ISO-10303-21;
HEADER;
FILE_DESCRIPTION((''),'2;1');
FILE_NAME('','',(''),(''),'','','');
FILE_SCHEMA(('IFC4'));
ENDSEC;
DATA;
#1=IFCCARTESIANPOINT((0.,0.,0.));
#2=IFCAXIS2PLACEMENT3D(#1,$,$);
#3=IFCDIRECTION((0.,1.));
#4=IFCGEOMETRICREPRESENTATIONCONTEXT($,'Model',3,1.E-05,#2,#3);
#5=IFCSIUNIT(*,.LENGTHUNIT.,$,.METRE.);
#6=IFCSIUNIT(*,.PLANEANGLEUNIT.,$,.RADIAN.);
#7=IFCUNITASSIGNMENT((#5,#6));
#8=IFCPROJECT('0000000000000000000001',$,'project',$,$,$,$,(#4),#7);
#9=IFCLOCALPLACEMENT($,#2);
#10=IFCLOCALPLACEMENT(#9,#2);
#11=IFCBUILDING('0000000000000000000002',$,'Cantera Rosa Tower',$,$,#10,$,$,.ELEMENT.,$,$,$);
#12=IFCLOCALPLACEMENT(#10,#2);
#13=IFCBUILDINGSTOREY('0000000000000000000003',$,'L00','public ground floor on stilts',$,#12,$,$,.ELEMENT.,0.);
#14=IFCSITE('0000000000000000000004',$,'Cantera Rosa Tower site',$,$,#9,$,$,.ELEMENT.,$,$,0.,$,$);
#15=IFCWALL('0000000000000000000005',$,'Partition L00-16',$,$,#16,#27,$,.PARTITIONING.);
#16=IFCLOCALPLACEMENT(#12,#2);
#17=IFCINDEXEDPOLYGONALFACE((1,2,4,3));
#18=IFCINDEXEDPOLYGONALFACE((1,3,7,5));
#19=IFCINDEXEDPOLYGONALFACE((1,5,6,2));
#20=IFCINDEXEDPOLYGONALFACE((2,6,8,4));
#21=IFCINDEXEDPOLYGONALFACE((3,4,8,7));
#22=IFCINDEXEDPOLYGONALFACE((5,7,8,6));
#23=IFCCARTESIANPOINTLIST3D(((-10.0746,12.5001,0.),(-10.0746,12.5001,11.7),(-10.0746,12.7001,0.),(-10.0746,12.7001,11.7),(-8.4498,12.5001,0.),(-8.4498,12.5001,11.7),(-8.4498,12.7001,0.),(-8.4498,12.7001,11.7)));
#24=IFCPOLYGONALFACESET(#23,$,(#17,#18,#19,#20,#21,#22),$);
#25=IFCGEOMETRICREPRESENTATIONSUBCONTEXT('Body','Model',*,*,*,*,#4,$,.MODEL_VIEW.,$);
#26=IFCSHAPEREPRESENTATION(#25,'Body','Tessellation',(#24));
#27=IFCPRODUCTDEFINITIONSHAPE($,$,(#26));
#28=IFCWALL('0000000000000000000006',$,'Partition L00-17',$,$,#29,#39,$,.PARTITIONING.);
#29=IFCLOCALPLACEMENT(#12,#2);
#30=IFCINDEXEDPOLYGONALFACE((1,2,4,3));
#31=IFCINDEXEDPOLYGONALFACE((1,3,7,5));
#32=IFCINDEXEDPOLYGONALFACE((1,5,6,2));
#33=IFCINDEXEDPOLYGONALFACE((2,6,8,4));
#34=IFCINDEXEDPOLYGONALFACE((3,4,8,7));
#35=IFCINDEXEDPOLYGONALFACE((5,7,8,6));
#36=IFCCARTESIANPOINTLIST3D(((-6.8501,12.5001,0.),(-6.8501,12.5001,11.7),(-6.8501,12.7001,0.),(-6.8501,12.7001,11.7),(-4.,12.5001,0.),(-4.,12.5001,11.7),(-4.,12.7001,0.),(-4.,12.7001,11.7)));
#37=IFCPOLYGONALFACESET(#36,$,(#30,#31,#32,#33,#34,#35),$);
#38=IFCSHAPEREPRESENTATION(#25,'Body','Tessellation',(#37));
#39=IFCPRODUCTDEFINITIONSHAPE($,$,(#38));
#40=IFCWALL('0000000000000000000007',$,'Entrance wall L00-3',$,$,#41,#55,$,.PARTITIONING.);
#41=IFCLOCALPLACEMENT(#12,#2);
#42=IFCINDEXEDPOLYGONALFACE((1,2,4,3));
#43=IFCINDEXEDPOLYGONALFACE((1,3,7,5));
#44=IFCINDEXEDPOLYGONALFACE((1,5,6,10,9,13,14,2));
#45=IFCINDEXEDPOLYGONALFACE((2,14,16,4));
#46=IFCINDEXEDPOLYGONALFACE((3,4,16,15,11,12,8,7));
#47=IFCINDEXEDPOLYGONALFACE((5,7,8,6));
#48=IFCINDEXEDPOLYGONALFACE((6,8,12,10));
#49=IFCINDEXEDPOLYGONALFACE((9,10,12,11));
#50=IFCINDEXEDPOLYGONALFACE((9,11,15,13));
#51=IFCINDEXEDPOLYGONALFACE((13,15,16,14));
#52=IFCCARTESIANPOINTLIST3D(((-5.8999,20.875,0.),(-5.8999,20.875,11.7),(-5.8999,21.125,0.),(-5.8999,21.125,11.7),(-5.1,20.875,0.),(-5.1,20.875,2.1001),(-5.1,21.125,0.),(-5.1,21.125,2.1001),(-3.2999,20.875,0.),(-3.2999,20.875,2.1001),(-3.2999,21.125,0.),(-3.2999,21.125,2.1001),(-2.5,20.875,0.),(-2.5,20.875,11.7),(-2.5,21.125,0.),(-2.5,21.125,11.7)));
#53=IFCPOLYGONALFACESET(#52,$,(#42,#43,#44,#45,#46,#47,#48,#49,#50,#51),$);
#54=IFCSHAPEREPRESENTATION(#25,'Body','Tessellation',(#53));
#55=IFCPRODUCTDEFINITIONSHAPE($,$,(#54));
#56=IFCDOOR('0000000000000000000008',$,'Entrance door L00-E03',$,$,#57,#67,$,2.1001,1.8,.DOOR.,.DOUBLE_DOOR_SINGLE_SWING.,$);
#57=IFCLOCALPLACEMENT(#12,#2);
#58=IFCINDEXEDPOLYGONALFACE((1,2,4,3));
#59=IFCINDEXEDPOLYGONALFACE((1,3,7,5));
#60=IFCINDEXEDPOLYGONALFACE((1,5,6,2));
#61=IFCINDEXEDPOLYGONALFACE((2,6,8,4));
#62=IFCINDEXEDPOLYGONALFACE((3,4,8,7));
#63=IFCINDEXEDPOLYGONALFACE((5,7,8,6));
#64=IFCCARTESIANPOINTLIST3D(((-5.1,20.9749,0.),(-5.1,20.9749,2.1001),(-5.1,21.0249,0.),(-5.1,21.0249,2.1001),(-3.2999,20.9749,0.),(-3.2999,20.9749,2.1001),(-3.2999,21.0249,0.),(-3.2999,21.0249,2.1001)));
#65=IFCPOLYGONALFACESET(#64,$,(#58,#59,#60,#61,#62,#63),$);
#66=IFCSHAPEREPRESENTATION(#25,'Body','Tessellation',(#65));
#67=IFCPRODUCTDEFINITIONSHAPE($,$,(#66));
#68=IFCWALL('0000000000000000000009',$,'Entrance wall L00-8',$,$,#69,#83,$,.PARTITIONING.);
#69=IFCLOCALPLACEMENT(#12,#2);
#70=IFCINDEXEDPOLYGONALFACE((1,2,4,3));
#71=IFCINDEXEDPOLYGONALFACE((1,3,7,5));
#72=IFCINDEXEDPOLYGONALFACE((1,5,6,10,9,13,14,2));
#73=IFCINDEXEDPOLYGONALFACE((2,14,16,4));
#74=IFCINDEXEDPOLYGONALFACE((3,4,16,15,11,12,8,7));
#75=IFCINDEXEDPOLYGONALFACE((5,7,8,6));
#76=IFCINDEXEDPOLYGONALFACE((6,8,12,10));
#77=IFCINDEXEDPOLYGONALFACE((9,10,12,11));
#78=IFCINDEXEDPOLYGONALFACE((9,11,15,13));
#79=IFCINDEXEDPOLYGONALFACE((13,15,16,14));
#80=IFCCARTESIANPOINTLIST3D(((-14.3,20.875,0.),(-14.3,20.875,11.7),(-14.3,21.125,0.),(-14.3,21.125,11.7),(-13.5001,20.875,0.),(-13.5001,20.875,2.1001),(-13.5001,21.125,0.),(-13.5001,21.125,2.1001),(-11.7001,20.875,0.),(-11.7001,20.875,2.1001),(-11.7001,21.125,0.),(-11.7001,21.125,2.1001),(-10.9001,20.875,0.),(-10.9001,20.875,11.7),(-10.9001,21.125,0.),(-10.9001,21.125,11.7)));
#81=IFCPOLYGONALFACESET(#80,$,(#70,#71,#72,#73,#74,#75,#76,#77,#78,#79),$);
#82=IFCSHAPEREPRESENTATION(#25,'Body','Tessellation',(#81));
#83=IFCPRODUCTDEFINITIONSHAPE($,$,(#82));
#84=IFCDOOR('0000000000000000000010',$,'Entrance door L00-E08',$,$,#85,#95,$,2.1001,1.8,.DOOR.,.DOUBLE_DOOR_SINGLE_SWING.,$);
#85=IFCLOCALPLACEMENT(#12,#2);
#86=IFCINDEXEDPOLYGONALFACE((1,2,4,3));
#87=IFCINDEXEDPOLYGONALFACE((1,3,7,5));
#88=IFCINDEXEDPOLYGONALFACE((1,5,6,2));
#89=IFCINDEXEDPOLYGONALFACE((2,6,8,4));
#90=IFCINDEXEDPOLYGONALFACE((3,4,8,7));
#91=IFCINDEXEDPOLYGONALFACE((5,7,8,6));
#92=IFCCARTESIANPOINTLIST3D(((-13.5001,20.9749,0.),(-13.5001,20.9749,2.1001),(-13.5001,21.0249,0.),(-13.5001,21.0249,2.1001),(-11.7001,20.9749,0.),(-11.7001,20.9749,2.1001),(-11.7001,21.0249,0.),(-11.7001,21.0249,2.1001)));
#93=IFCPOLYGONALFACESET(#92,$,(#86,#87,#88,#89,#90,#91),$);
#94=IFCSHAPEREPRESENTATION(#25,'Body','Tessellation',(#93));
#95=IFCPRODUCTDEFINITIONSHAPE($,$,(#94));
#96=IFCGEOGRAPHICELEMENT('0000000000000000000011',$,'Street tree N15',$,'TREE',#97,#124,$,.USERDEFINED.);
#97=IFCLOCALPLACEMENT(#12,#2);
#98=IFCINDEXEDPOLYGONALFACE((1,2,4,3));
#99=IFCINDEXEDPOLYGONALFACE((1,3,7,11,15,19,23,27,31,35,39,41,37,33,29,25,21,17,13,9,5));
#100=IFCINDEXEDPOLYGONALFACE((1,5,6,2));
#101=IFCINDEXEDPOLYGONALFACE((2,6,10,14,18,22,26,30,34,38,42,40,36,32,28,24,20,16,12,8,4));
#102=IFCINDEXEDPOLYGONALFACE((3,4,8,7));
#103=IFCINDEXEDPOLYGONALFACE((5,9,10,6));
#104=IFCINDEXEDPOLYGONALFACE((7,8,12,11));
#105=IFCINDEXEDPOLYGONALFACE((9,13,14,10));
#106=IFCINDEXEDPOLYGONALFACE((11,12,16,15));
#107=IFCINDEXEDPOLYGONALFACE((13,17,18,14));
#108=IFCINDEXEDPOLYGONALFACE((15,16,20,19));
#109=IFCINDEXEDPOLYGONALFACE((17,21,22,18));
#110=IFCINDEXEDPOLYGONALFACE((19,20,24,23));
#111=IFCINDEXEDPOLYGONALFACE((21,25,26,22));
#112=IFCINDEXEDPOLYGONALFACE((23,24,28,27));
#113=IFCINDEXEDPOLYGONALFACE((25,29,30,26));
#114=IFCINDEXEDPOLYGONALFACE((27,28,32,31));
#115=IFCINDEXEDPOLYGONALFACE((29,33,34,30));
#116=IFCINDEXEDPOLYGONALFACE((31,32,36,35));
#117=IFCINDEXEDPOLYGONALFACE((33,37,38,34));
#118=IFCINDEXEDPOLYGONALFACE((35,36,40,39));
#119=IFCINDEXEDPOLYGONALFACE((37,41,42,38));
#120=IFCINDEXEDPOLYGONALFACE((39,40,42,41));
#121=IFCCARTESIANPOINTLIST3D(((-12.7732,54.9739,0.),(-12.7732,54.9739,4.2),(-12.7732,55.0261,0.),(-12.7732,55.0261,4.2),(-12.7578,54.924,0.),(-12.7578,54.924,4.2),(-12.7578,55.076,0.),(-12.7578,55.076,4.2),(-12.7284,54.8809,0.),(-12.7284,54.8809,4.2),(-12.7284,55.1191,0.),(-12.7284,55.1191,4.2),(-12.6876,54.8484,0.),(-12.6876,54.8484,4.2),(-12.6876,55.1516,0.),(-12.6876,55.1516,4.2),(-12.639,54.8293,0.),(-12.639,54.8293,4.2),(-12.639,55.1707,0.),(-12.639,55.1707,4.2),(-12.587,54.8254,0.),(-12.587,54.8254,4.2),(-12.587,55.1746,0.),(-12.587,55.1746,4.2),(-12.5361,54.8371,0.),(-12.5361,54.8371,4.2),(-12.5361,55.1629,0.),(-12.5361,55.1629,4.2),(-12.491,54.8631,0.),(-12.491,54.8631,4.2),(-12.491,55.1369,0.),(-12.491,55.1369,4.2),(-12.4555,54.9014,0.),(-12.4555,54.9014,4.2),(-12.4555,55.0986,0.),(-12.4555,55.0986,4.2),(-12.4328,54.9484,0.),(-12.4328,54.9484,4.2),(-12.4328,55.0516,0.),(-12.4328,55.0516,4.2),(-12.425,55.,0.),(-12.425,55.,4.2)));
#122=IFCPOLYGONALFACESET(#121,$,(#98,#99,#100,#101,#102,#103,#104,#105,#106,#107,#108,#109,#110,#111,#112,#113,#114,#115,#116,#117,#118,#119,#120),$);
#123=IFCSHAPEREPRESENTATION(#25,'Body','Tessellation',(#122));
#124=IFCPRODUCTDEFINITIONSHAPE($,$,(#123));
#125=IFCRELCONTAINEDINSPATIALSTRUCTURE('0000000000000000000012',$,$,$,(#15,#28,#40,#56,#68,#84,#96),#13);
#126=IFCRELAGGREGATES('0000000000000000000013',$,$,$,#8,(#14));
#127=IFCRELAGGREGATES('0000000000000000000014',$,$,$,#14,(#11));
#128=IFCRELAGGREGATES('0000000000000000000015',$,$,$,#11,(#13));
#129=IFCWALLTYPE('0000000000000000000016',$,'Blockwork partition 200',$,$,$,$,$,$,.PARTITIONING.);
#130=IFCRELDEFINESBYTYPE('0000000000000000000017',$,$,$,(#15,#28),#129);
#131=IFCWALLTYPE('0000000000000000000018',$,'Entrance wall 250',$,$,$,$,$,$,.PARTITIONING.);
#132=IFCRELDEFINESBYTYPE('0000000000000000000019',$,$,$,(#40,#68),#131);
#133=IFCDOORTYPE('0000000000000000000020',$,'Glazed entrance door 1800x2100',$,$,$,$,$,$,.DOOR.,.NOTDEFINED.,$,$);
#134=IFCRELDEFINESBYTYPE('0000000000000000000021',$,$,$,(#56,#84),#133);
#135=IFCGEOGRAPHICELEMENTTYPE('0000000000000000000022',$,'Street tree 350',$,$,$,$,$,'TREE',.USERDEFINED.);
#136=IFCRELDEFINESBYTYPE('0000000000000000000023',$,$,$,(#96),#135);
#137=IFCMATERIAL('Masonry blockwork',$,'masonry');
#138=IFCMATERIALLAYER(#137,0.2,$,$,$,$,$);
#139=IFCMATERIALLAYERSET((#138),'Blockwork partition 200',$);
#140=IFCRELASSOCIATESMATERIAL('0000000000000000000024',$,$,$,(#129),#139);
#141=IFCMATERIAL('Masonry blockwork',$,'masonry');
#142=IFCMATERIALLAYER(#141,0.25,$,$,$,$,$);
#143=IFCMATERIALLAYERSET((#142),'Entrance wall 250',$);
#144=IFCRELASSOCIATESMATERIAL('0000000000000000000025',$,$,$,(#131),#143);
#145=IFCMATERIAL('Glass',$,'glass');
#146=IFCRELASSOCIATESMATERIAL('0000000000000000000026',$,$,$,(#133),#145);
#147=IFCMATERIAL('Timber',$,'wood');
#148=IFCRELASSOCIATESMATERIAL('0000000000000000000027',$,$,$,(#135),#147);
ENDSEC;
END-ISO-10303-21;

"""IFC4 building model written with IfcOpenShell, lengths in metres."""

from ifc_helpers import new_model, si_unit, direction, frame, frame_2d, origin, origin_2d, place, context, subcontext, project, spatial, rectangle, circle, extrude, material, layer, layer_set, material_profile, profile_set, type_object, element, fill, save


model = new_model("IFC4")

# Units and contexts
model_context = context("Model", 3, precision=1e-05, world=origin(), true_north=direction((0.0, 1.0)))
body_context = subcontext(model_context, "Body", "Model", "MODEL_VIEW")
ifc_project = project(units=[si_unit("LENGTHUNIT", "METRE"), si_unit("PLANEANGLEUNIT", "RADIAN")], contexts=[model_context])

# Site, building, storey
site_placement = place(None, origin())
site = spatial("IfcSite", under=ifc_project, at=site_placement, Name="Cantera Rosa Tower site", CompositionType="ELEMENT", RefElevation=0.0)
building_placement = place(site_placement, origin())
building = spatial("IfcBuilding", under=site, at=building_placement, Name="Cantera Rosa Tower", CompositionType="ELEMENT")
storey_placement = place(building_placement, origin())
storey = spatial("IfcBuildingStorey", under=building, at=storey_placement, Name="L00", Description="public ground floor on stilts", CompositionType="ELEMENT", Elevation=0.0)

# Walls
ifc_material_1 = material(Name="Masonry blockwork", Category="masonry")
ifc_layer_1 = layer(ifc_material_1, 0.2)
ifc_layer_set_1 = layer_set([ifc_layer_1], Name="Blockwork partition 200")
wall_type_1 = type_object("IfcWallType", Name="Blockwork partition 200", PredefinedType="PARTITIONING", material=ifc_layer_set_1)
wall_1_placement = place(storey_placement, frame((-10.0747, 12.6001, 0.0), z_axis=(0.0, 0.0, 1.0), x_axis=(1.0, 0.0, 0.0)))
element("IfcWall", 1, at=wall_1_placement, inside=storey, type_object=wall_type_1, Name="Partition L00-16", PredefinedType="PARTITIONING", context=body_context, shape_type="SweptSolid", body=[
    extrude(rectangle(XDim=1.6248, YDim=0.2, at=frame_2d((0.8125, 0.0))), origin(), (0.0, 0.0, 1.0), 11.7),
])
wall_2_placement = place(storey_placement, frame((-6.8501, 12.6001, 0.0), z_axis=(0.0, 0.0, 1.0), x_axis=(1.0, 0.0, 0.0)))
element("IfcWall", 2, at=wall_2_placement, inside=storey, type_object=wall_type_1, Name="Partition L00-17", PredefinedType="PARTITIONING", context=body_context, shape_type="SweptSolid", body=[
    extrude(rectangle(XDim=2.8501, YDim=0.2, at=frame_2d((1.425, 0.0))), origin(), (0.0, 0.0, 1.0), 11.7),
])

# Walls, openings, doors
ifc_material_2 = material(Name="Masonry blockwork", Category="masonry")
ifc_layer_2 = layer(ifc_material_2, 0.25)
ifc_layer_set_2 = layer_set([ifc_layer_2], Name="Entrance wall 250")
wall_type_2 = type_object("IfcWallType", Name="Entrance wall 250", PredefinedType="PARTITIONING", material=ifc_layer_set_2)
wall_3_placement = place(storey_placement, frame((-5.8999, 21.0, 0.0), z_axis=(0.0, 0.0, 1.0), x_axis=(1.0, 0.0, 0.0)))
wall_3 = element("IfcWall", 3, at=wall_3_placement, inside=storey, type_object=wall_type_2, Name="Entrance wall L00-3", PredefinedType="PARTITIONING", context=body_context, shape_type="SweptSolid", body=[
    extrude(rectangle(XDim=3.3999, YDim=0.25, at=frame_2d((1.7, 0.0))), origin(), (0.0, 0.0, 1.0), 11.7),
])
opening_1_placement = place(wall_3_placement, frame((0.8, 0.0, 0.0)))
opening_1 = element("IfcOpeningElement", 4, at=opening_1_placement, cuts=wall_3, PredefinedType="OPENING", context=body_context, shape_type="SweptSolid", body=[
    extrude(rectangle(XDim=1.8, YDim=2.1001, at=frame_2d((0.8999, 1.05))), frame((0.0, 0.135, 0.0), z_axis=(0.0, -1.0, 0.0), x_axis=(1.0, 0.0, 0.0)), (0.0, 0.0, 1.0), 0.27),
])
ifc_material_3 = material(Name="Glass", Category="glass")
door_type = type_object("IfcDoorType", Name="Glazed entrance door 1800x2100", OperationType="NOTDEFINED", PredefinedType="DOOR", material=ifc_material_3)
door_1_placement = place(opening_1_placement, origin())
door_1 = element("IfcDoor", 5, at=door_1_placement, inside=storey, type_object=door_type, Name="Entrance door L00-E03", OperationType="DOUBLE_DOOR_SINGLE_SWING", OverallHeight=2.1001, OverallWidth=1.8, PredefinedType="DOOR", context=body_context, shape_type="SweptSolid", body=[
    extrude(rectangle(XDim=1.8, YDim=2.1001, at=frame_2d((0.8999, 1.05))), frame((0.0, 0.0249, 0.0), z_axis=(0.0, -1.0, 0.0), x_axis=(1.0, 0.0, 0.0)), (0.0, 0.0, 1.0), 0.05),
])
fill(opening_1, door_1)
wall_4_placement = place(storey_placement, frame((-14.3, 21.0, 0.0), z_axis=(0.0, 0.0, 1.0), x_axis=(1.0, 0.0, 0.0)))
wall_4 = element("IfcWall", 6, at=wall_4_placement, inside=storey, type_object=wall_type_2, Name="Entrance wall L00-8", PredefinedType="PARTITIONING", context=body_context, shape_type="SweptSolid", body=[
    extrude(rectangle(XDim=3.3999, YDim=0.25, at=frame_2d((1.7, 0.0))), origin(), (0.0, 0.0, 1.0), 11.7),
])
opening_2_placement = place(wall_4_placement, frame((0.8, 0.0, 0.0)))
opening_2 = element("IfcOpeningElement", 7, at=opening_2_placement, cuts=wall_4, PredefinedType="OPENING", context=body_context, shape_type="SweptSolid", body=[
    extrude(rectangle(XDim=1.8, YDim=2.1001, at=frame_2d((0.8999, 1.05))), frame((0.0, 0.135, 0.0), z_axis=(0.0, -1.0, 0.0), x_axis=(1.0, 0.0, 0.0)), (0.0, 0.0, 1.0), 0.27),
])
door_2_placement = place(opening_2_placement, origin())
door_2 = element("IfcDoor", 8, at=door_2_placement, inside=storey, type_object=door_type, Name="Entrance door L00-E08", OperationType="DOUBLE_DOOR_SINGLE_SWING", OverallHeight=2.1001, OverallWidth=1.8, PredefinedType="DOOR", context=body_context, shape_type="SweptSolid", body=[
    extrude(rectangle(XDim=1.8, YDim=2.1001, at=frame_2d((0.8999, 1.05))), frame((0.0, 0.0249, 0.0), z_axis=(0.0, -1.0, 0.0), x_axis=(1.0, 0.0, 0.0)), (0.0, 0.0, 1.0), 0.05),
])
fill(opening_2, door_2)

# Geographic element
ifc_material_4 = material(Name="Timber", Category="wood")
ifc_material_profile_1 = material_profile(ifc_material_4, circle(Radius=0.175, at=origin_2d()), Name="Street tree 350")
ifc_profile_set_1 = profile_set([ifc_material_profile_1], Name="Timber")
geographic_element_type = type_object("IfcGeographicElementType", Name="Street tree 350", ElementType="TREE", PredefinedType="USERDEFINED", material=ifc_profile_set_1)
geographic_element_placement = place(storey_placement, frame((-12.6001, 55.0, 0.0), z_axis=(0.0, 0.0, 1.0), x_axis=(1.0, 0.0, 0.0)))
element("IfcGeographicElement", 9, at=geographic_element_placement, inside=storey, type_object=geographic_element_type, Name="Street tree N15", ObjectType="TREE", PredefinedType="USERDEFINED", context=body_context, shape_type="SweptSolid", body=[
    extrude(circle(Radius=0.175, at=origin_2d()), origin(), (0.0, 0.0, 1.0), 4.2),
])

save(model, "model.ifc")
